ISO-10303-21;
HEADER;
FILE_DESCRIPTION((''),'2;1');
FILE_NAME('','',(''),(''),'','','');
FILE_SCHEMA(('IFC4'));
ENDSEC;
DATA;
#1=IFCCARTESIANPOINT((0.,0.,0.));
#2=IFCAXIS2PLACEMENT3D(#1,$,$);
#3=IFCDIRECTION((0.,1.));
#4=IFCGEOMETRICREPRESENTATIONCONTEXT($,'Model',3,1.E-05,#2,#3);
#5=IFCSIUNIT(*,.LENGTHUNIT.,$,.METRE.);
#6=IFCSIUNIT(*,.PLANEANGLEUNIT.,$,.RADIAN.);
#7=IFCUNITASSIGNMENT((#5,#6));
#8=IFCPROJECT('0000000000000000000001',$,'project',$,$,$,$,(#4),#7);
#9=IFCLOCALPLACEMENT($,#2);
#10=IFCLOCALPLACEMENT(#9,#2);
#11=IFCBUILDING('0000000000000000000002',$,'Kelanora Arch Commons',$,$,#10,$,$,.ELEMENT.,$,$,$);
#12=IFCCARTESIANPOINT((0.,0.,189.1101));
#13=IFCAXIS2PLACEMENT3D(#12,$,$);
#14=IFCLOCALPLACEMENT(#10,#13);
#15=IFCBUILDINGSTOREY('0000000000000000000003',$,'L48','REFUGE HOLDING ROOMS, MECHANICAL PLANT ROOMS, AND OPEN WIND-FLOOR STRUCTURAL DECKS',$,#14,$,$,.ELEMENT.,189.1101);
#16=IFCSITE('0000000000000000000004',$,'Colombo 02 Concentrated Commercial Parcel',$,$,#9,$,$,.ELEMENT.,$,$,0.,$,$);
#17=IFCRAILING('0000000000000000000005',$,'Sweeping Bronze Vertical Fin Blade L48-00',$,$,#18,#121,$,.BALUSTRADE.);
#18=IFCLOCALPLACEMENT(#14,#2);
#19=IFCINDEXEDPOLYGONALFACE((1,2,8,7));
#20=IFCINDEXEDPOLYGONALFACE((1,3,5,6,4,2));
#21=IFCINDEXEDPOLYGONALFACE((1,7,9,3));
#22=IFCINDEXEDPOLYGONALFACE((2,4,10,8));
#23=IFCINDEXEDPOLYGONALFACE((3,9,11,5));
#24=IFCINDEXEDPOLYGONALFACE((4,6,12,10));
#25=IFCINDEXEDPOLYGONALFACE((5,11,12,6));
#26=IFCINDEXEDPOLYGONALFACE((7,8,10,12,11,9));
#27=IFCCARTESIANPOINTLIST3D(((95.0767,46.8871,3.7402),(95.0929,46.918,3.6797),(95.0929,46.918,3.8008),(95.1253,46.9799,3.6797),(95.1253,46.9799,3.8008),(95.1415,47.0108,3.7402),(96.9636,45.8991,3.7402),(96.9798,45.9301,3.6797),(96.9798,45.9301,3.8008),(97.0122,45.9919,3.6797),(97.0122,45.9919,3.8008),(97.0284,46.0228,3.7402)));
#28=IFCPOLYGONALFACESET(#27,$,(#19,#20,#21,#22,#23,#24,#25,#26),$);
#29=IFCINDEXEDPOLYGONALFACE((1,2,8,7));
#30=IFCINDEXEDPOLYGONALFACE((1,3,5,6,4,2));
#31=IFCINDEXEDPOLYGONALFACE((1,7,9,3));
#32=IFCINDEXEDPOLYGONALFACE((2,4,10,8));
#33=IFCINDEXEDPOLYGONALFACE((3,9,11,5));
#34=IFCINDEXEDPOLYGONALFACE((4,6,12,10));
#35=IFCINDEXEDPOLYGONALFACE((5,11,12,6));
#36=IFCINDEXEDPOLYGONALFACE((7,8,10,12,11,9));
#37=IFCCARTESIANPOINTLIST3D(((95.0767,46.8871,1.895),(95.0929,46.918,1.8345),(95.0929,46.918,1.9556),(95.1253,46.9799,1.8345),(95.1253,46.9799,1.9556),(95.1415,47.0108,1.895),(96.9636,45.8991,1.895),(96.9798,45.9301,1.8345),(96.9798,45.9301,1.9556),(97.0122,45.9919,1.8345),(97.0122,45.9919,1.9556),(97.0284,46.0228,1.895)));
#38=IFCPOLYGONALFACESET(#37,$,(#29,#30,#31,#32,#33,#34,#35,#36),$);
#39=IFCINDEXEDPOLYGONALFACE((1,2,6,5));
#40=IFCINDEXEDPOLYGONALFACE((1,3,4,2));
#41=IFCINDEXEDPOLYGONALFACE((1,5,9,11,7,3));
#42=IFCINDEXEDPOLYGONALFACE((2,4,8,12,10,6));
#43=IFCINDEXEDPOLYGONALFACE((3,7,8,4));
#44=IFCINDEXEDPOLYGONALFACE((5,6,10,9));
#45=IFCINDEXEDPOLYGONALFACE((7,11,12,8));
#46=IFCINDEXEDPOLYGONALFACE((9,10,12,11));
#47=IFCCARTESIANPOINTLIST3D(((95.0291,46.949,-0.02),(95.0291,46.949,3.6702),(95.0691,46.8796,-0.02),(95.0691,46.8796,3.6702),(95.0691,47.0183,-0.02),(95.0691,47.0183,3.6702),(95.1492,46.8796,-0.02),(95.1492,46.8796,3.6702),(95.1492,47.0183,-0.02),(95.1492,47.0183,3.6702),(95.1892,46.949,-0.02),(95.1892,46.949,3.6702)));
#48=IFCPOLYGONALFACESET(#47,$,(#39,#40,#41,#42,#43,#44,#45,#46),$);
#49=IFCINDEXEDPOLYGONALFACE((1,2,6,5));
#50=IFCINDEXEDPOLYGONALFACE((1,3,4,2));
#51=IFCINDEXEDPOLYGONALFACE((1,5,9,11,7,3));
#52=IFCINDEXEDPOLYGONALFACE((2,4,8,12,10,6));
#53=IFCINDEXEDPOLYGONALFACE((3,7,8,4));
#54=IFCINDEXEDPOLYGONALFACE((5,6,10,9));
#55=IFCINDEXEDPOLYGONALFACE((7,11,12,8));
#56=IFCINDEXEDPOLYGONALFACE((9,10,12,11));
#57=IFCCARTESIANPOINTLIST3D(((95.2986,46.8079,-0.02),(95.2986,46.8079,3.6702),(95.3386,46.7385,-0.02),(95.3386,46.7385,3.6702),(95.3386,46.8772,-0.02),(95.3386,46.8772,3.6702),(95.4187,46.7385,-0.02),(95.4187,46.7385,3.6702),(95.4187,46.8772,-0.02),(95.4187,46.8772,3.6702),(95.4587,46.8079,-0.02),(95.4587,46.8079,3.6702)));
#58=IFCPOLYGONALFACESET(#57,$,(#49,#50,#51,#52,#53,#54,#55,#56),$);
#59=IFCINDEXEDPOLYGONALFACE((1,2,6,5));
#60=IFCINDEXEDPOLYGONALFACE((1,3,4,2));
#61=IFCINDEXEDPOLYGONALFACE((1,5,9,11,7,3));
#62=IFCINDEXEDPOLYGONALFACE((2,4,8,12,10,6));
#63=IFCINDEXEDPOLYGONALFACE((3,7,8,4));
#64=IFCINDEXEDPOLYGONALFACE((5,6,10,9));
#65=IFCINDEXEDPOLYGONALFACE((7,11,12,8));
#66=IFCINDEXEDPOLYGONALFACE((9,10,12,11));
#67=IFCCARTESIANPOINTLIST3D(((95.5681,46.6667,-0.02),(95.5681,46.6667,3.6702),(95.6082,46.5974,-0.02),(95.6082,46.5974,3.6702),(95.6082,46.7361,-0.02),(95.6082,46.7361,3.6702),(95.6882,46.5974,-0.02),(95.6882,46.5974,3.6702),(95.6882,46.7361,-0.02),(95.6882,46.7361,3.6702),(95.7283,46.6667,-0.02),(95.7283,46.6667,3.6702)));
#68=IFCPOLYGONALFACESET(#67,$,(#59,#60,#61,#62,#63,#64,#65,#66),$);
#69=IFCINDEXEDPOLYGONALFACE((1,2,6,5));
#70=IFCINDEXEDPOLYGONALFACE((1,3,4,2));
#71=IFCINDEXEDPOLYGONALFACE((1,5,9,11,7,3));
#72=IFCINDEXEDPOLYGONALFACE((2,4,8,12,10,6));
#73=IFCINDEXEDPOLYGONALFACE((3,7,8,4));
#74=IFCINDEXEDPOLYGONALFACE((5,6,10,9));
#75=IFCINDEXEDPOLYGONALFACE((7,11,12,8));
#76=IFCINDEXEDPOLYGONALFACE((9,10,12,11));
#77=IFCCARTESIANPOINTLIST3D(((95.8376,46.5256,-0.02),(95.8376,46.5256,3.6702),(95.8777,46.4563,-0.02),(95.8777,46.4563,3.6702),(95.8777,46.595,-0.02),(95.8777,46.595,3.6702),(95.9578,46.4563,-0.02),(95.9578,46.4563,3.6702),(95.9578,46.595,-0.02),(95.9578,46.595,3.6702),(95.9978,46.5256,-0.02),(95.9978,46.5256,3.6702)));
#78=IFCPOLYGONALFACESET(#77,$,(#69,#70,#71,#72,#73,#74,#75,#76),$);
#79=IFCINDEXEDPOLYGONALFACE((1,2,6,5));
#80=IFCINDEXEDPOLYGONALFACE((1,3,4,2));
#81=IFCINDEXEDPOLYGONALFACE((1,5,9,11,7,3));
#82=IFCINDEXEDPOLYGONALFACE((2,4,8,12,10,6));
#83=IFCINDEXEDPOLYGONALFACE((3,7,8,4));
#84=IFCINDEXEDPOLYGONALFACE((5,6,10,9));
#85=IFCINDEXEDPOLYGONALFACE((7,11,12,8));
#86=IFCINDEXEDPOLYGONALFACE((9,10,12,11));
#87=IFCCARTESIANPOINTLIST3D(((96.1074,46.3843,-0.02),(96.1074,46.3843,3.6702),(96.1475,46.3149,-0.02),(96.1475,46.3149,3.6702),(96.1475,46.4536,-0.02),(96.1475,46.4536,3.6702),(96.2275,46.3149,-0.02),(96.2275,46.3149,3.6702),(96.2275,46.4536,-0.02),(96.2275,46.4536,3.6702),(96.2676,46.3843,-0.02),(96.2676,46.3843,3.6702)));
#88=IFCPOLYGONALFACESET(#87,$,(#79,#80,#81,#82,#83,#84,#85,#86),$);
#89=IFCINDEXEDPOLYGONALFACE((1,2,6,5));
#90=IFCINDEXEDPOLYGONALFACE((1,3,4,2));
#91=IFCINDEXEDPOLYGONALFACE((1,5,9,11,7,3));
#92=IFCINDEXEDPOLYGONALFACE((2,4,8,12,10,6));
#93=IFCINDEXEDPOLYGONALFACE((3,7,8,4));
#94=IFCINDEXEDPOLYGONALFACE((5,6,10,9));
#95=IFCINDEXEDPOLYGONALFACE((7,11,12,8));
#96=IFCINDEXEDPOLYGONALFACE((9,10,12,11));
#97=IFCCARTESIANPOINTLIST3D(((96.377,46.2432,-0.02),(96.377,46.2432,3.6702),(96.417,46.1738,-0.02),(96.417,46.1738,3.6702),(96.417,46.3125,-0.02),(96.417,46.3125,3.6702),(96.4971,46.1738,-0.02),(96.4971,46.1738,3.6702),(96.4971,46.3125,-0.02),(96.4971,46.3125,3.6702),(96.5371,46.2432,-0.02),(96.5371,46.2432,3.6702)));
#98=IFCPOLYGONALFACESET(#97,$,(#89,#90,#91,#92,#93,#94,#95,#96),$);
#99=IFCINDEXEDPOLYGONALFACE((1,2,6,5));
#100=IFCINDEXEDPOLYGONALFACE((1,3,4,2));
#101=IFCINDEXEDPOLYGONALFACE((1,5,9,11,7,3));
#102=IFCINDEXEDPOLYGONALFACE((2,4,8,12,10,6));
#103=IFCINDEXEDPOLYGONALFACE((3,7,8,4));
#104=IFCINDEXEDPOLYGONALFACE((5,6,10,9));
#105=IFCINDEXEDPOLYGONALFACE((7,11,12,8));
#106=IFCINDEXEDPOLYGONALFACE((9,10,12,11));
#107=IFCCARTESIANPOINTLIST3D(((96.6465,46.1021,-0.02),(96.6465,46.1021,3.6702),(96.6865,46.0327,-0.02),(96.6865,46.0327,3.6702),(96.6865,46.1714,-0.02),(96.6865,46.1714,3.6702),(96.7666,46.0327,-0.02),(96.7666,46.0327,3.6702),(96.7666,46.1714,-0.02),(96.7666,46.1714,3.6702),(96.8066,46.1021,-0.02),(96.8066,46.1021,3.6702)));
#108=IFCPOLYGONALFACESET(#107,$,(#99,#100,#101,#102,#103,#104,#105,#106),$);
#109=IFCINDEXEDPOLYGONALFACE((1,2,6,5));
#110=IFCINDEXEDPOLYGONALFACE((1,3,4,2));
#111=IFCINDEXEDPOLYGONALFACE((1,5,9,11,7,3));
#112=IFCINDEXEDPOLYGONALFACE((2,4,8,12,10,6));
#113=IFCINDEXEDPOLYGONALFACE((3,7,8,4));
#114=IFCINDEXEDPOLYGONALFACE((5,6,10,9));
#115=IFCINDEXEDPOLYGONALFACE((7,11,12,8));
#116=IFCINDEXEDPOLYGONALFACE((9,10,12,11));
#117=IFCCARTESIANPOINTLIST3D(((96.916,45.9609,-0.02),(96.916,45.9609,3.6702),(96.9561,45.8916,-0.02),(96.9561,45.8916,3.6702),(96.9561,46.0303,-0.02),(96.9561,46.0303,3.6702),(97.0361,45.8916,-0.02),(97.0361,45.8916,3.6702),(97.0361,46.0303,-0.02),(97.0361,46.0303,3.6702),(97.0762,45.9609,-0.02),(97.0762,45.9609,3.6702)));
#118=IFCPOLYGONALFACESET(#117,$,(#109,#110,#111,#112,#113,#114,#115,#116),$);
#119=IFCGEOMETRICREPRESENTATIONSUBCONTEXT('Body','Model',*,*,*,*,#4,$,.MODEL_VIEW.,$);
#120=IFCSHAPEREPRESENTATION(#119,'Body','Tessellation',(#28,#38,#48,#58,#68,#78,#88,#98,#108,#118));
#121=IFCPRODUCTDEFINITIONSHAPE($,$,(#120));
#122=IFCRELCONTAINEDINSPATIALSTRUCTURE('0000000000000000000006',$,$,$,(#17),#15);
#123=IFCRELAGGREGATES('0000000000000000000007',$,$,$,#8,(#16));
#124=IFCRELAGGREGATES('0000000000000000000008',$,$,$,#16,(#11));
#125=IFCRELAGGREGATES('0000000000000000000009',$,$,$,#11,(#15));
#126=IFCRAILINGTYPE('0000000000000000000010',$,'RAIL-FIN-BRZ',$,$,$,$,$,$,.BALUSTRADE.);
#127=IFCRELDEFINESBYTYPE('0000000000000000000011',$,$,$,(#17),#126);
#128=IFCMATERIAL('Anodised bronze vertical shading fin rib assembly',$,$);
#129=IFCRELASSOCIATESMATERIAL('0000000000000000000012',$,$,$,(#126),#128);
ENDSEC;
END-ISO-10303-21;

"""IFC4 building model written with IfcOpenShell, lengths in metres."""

from ifc_helpers import new_model, si_unit, direction, frame, origin, place, context, subcontext, project, spatial, polyline, outline, extrude, material, type_object, element, save


model = new_model("IFC4")

# Units and contexts
model_context = context("Model", 3, precision=1e-05, world=origin(), true_north=direction((0.0, 1.0)))
body_context = subcontext(model_context, "Body", "Model", "MODEL_VIEW")
ifc_project = project(units=[si_unit("LENGTHUNIT", "METRE"), si_unit("PLANEANGLEUNIT", "RADIAN")], contexts=[model_context])

# Site, building, storey
site_placement = place(None, origin())
site = spatial("IfcSite", under=ifc_project, at=site_placement, Name="Colombo 02 Concentrated Commercial Parcel", CompositionType="ELEMENT", RefElevation=0.0)
building_placement = place(site_placement, origin())
building = spatial("IfcBuilding", under=site, at=building_placement, Name="Kelanora Arch Commons", CompositionType="ELEMENT")
storey_placement = place(building_placement, frame((0.0, 0.0, 189.1101)))
storey = spatial("IfcBuildingStorey", under=building, at=storey_placement, Name="L48", Description="REFUGE HOLDING ROOMS, MECHANICAL PLANT ROOMS, AND OPEN WIND-FLOOR STRUCTURAL DECKS", CompositionType="ELEMENT", Elevation=189.1101)

# Railing
ifc_material_1 = material(Name="Anodised bronze vertical shading fin rib assembly")
railing_type = type_object("IfcRailingType", Name="RAIL-FIN-BRZ", PredefinedType="BALUSTRADE", material=ifc_material_1)
railing_1_placement = place(storey_placement, frame((95.1091, 46.949, -0.02)))
element("IfcRailing", 1, at=railing_1_placement, inside=storey, type_object=railing_type, Name="Sweeping Bronze Vertical Fin Blade L48-00", PredefinedType="BALUSTRADE", context=body_context, shape_type="SweptSolid", body=[
    extrude(outline(polyline([(0.0698, 0.0), (0.0349, 0.0605), (-0.0349, 0.0605), (-0.0698, 0.0), (-0.0349, -0.0605), (0.0349, -0.0605), (0.0698, 0.0)])), frame((0.0, 0.0, 3.7603), z_axis=(0.885903, -0.46387, 0.0), x_axis=(0.46387, 0.885903, 0.0)), (0.0, 0.0, 1.0), 2.1299),
    extrude(outline(polyline([(0.0698, 0.0), (0.0349, 0.0605), (-0.0349, 0.0605), (-0.0698, 0.0), (-0.0349, -0.0605), (0.0349, -0.0605), (0.0698, 0.0)])), frame((0.0, 0.0, 1.915), z_axis=(0.885903, -0.46387, 0.0), x_axis=(0.46387, 0.885903, 0.0)), (0.0, 0.0, 1.0), 2.1299),
    extrude(outline(polyline([(0.0801, 0.0), (0.04, 0.0693), (-0.04, 0.0693), (-0.0801, 0.0), (-0.04, -0.0693), (0.04, -0.0693), (0.0801, 0.0)])), origin(), (0.0, 0.0, 1.0), 3.6902),
    extrude(outline(polyline([(0.0801, 0.0), (0.04, 0.0693), (-0.04, 0.0693), (-0.0801, 0.0), (-0.04, -0.0693), (0.04, -0.0693), (0.0801, 0.0)])), frame((0.2695, -0.1411, 0.0)), (0.0, 0.0, 1.0), 3.6902),
    extrude(outline(polyline([(0.0801, 0.0), (0.04, 0.0693), (-0.04, 0.0693), (-0.0801, 0.0), (-0.04, -0.0693), (0.04, -0.0693), (0.0801, 0.0)])), frame((0.5391, -0.2822, 0.0)), (0.0, 0.0, 1.0), 3.6902),
    extrude(outline(polyline([(0.0801, 0.0), (0.04, 0.0693), (-0.04, 0.0693), (-0.0801, 0.0), (-0.04, -0.0693), (0.04, -0.0693), (0.0801, 0.0)])), frame((0.8086, -0.4233, 0.0)), (0.0, 0.0, 1.0), 3.6902),
    extrude(outline(polyline([(0.0801, 0.0), (0.04, 0.0693), (-0.04, 0.0693), (-0.0801, 0.0), (-0.04, -0.0693), (0.04, -0.0693), (0.0801, 0.0)])), frame((1.0784, -0.5647, 0.0)), (0.0, 0.0, 1.0), 3.6902),
    extrude(outline(polyline([(0.0801, 0.0), (0.04, 0.0693), (-0.04, 0.0693), (-0.0801, 0.0), (-0.04, -0.0693), (0.04, -0.0693), (0.0801, 0.0)])), frame((1.3479, -0.7058, 0.0)), (0.0, 0.0, 1.0), 3.6902),
    extrude(outline(polyline([(0.0801, 0.0), (0.04, 0.0693), (-0.04, 0.0693), (-0.0801, 0.0), (-0.04, -0.0693), (0.04, -0.0693), (0.0801, 0.0)])), frame((1.6174, -0.8469, 0.0)), (0.0, 0.0, 1.0), 3.6902),
    extrude(outline(polyline([(0.0801, 0.0), (0.04, 0.0693), (-0.04, 0.0693), (-0.0801, 0.0), (-0.04, -0.0693), (0.04, -0.0693), (0.0801, 0.0)])), frame((1.887, -0.988, 0.0)), (0.0, 0.0, 1.0), 3.6902),
])

save(model, "model.ifc")
